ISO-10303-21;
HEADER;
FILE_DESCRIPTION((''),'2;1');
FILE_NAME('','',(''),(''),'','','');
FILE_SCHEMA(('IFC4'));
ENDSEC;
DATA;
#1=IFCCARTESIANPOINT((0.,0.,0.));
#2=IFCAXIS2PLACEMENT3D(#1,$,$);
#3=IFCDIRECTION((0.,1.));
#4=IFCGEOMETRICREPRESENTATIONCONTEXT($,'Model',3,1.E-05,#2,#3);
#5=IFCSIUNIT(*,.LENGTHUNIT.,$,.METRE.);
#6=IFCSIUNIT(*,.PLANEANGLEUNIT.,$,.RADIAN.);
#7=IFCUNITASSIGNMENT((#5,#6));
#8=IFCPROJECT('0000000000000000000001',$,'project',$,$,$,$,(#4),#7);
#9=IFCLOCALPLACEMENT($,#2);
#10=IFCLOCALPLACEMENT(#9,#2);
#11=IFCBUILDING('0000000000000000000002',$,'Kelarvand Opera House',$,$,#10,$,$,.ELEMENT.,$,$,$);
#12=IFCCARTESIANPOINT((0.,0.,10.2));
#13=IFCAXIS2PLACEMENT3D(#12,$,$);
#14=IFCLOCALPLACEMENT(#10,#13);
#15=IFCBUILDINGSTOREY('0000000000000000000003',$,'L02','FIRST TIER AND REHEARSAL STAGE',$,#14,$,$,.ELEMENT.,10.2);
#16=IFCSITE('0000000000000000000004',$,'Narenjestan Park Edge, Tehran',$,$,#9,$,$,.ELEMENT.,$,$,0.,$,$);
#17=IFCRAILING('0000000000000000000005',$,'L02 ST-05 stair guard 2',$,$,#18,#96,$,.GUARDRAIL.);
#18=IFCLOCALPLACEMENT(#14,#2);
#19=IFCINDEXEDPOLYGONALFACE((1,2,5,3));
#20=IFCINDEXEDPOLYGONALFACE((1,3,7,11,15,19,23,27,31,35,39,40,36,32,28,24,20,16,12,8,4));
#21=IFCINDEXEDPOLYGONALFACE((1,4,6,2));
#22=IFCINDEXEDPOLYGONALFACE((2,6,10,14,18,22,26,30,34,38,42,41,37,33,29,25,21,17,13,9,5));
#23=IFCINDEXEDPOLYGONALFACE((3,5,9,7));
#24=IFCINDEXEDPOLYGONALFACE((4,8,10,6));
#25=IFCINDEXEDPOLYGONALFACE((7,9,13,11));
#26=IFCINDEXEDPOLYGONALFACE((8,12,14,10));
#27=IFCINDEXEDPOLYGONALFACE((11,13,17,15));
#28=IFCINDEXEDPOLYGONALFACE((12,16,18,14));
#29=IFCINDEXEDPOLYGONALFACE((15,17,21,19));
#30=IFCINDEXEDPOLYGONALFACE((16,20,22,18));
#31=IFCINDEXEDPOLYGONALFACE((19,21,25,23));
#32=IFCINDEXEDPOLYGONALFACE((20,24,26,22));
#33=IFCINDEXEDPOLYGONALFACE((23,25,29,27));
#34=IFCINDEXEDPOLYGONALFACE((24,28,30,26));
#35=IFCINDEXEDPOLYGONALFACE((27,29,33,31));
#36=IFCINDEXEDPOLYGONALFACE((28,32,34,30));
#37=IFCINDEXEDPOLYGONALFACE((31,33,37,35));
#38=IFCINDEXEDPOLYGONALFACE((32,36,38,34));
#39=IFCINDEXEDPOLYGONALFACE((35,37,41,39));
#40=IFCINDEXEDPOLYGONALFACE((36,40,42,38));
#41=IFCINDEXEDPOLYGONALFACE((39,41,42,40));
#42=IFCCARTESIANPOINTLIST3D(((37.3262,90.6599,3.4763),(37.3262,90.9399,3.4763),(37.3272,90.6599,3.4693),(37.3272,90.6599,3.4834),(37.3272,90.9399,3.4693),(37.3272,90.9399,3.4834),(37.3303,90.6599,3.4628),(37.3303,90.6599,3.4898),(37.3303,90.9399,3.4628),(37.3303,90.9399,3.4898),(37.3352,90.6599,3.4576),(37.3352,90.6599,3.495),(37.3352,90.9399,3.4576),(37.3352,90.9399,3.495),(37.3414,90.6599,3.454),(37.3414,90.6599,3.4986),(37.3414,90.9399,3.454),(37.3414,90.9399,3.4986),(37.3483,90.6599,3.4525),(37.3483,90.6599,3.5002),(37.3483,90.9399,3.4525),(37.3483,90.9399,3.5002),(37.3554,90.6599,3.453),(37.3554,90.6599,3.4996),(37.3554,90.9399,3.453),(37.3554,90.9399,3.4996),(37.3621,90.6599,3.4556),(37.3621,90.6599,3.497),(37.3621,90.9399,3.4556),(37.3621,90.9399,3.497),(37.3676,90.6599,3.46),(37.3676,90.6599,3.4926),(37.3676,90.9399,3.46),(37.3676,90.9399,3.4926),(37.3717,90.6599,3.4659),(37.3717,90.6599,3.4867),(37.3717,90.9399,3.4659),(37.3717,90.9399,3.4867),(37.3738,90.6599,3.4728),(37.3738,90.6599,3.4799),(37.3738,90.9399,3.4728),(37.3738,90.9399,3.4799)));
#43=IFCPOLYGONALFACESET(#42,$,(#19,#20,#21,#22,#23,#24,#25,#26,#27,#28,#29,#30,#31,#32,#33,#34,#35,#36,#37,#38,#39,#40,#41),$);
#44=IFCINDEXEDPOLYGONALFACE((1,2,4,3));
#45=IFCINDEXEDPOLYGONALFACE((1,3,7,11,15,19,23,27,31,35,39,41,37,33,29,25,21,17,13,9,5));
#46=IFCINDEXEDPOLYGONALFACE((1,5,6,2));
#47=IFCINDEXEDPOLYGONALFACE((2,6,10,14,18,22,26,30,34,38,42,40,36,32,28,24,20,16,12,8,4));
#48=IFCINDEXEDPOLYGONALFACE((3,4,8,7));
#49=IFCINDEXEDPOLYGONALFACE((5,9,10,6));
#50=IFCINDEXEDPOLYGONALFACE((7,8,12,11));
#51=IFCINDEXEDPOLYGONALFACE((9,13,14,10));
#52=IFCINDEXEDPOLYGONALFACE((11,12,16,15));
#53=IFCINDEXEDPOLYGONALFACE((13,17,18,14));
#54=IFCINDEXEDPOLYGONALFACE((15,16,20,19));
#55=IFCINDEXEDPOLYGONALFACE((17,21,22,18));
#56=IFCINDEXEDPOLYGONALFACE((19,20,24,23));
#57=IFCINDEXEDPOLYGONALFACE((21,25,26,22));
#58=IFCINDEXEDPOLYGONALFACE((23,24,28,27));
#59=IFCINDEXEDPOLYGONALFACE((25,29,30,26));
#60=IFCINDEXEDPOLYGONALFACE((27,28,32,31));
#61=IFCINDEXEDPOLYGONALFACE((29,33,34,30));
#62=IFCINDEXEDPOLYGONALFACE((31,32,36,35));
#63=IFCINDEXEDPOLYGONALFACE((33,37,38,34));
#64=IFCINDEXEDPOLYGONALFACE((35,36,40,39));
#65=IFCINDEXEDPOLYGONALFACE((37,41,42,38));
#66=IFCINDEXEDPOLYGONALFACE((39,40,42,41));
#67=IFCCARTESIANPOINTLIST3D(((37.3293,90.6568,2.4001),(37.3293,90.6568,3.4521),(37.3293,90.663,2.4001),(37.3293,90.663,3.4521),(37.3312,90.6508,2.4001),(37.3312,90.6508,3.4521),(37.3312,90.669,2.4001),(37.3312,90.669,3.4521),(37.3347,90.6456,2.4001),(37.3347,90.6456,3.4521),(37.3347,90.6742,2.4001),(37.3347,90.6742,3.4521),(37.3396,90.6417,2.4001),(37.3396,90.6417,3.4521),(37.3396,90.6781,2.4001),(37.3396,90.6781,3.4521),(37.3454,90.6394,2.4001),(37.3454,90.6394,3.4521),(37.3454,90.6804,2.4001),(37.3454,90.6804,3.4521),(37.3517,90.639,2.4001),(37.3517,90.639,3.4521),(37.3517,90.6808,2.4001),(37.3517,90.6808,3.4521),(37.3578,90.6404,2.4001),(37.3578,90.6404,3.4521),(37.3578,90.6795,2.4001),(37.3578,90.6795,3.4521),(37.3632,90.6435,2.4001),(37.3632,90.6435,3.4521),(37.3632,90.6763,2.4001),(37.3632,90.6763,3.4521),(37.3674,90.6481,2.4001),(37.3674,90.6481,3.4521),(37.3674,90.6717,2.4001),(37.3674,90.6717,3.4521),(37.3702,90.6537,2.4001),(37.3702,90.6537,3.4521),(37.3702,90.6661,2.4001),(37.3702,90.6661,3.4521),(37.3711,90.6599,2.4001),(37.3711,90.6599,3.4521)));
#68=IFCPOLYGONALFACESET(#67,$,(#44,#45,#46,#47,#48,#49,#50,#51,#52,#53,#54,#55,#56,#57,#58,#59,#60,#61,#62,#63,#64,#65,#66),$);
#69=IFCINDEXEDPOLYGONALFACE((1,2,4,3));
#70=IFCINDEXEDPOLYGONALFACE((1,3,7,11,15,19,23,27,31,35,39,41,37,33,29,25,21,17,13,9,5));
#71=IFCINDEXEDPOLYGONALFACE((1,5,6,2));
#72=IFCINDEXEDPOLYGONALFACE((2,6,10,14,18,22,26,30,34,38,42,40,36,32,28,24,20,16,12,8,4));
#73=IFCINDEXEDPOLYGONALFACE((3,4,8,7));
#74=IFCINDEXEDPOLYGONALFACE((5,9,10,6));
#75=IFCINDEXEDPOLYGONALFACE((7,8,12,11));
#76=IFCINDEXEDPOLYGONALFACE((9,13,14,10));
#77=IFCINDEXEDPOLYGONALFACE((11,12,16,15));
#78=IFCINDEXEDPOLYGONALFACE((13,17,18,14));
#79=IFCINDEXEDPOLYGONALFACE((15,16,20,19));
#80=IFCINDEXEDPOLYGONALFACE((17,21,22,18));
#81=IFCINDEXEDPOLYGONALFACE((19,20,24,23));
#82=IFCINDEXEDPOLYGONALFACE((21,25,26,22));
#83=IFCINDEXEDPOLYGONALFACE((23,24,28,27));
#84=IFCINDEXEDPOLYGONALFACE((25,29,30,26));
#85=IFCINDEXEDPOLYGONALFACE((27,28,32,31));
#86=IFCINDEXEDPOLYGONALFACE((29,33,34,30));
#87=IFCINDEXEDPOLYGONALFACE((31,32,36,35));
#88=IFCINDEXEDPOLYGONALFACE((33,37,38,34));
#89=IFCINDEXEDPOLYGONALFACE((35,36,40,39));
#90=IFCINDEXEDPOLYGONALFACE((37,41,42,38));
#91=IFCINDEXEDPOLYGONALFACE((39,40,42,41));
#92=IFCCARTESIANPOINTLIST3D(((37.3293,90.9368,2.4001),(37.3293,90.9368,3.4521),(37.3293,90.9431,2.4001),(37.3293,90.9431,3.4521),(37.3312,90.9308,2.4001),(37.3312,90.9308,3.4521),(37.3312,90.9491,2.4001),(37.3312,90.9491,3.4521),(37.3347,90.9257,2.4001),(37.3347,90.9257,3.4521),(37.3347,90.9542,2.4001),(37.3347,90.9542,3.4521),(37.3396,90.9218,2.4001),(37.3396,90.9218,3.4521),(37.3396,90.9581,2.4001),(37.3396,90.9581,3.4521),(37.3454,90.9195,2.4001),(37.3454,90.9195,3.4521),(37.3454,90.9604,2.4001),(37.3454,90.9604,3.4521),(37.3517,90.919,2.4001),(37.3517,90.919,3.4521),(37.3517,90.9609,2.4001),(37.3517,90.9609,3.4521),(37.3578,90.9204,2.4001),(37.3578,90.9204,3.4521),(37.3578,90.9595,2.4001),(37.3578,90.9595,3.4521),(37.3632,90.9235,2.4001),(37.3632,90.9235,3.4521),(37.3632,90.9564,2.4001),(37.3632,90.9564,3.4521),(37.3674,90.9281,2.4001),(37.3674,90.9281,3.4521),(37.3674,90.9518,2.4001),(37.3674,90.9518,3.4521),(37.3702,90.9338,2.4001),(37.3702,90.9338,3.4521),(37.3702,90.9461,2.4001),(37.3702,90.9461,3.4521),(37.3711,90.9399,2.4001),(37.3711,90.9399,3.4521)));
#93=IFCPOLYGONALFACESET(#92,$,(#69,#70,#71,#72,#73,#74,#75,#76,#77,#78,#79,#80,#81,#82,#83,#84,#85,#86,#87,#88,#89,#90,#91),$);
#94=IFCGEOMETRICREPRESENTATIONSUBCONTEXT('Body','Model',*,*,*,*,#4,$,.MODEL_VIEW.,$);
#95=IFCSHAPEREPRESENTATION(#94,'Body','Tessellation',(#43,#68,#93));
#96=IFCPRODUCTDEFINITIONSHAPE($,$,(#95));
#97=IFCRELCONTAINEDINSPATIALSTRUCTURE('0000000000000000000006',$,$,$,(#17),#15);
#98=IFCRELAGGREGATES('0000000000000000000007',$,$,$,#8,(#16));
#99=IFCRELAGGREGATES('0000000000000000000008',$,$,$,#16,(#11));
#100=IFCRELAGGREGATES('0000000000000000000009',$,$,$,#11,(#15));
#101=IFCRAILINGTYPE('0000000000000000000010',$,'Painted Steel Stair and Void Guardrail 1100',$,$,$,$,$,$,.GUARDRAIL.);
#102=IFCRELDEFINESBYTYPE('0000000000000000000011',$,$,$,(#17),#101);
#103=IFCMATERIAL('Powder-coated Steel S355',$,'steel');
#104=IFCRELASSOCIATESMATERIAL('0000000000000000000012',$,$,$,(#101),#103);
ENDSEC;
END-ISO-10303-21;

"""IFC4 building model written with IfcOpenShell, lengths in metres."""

from ifc_helpers import new_model, si_unit, direction, frame, origin, origin_2d, place, context, subcontext, project, spatial, circle, extrude, material, type_object, element, save


model = new_model("IFC4")

# Units and contexts
model_context = context("Model", 3, precision=1e-05, world=origin(), true_north=direction((0.0, 1.0)))
body_context = subcontext(model_context, "Body", "Model", "MODEL_VIEW")
ifc_project = project(units=[si_unit("LENGTHUNIT", "METRE"), si_unit("PLANEANGLEUNIT", "RADIAN")], contexts=[model_context])

# Site, building, storey
site_placement = place(None, origin())
site = spatial("IfcSite", under=ifc_project, at=site_placement, Name="Narenjestan Park Edge, Tehran", CompositionType="ELEMENT", RefElevation=0.0)
building_placement = place(site_placement, origin())
building = spatial("IfcBuilding", under=site, at=building_placement, Name="Kelarvand Opera House", CompositionType="ELEMENT")
storey_placement = place(building_placement, frame((0.0, 0.0, 10.2)))
storey = spatial("IfcBuildingStorey", under=building, at=storey_placement, Name="L02", Description="FIRST TIER AND REHEARSAL STAGE", CompositionType="ELEMENT", Elevation=10.2)

# Railing
ifc_material_1 = material(Name="Powder-coated Steel S355", Category="steel")
railing_type = type_object("IfcRailingType", Name="Painted Steel Stair and Void Guardrail 1100", PredefinedType="GUARDRAIL", material=ifc_material_1)
railing_1_placement = place(storey_placement, frame((37.3501, 90.6599, 2.4001)))
element("IfcRailing", 1, at=railing_1_placement, inside=storey, type_object=railing_type, Name="L02 ST-05 stair guard 2", PredefinedType="GUARDRAIL", context=body_context, shape_type="SweptSolid", body=[
    extrude(circle(Radius=0.0239, at=origin_2d()), frame((0.0, 0.0, 1.0762), z_axis=(0.0, 1.0, 0.0), x_axis=(-1.0, 0.0, 0.0)), (0.0, 0.0, 1.0), 0.28),
    extrude(circle(Radius=0.021, at=origin_2d()), origin(), (0.0, 0.0, 1.0), 1.052),
    extrude(circle(Radius=0.021, at=origin_2d()), frame((0.0, 0.28, 0.0)), (0.0, 0.0, 1.0), 1.052),
])

save(model, "model.ifc")
